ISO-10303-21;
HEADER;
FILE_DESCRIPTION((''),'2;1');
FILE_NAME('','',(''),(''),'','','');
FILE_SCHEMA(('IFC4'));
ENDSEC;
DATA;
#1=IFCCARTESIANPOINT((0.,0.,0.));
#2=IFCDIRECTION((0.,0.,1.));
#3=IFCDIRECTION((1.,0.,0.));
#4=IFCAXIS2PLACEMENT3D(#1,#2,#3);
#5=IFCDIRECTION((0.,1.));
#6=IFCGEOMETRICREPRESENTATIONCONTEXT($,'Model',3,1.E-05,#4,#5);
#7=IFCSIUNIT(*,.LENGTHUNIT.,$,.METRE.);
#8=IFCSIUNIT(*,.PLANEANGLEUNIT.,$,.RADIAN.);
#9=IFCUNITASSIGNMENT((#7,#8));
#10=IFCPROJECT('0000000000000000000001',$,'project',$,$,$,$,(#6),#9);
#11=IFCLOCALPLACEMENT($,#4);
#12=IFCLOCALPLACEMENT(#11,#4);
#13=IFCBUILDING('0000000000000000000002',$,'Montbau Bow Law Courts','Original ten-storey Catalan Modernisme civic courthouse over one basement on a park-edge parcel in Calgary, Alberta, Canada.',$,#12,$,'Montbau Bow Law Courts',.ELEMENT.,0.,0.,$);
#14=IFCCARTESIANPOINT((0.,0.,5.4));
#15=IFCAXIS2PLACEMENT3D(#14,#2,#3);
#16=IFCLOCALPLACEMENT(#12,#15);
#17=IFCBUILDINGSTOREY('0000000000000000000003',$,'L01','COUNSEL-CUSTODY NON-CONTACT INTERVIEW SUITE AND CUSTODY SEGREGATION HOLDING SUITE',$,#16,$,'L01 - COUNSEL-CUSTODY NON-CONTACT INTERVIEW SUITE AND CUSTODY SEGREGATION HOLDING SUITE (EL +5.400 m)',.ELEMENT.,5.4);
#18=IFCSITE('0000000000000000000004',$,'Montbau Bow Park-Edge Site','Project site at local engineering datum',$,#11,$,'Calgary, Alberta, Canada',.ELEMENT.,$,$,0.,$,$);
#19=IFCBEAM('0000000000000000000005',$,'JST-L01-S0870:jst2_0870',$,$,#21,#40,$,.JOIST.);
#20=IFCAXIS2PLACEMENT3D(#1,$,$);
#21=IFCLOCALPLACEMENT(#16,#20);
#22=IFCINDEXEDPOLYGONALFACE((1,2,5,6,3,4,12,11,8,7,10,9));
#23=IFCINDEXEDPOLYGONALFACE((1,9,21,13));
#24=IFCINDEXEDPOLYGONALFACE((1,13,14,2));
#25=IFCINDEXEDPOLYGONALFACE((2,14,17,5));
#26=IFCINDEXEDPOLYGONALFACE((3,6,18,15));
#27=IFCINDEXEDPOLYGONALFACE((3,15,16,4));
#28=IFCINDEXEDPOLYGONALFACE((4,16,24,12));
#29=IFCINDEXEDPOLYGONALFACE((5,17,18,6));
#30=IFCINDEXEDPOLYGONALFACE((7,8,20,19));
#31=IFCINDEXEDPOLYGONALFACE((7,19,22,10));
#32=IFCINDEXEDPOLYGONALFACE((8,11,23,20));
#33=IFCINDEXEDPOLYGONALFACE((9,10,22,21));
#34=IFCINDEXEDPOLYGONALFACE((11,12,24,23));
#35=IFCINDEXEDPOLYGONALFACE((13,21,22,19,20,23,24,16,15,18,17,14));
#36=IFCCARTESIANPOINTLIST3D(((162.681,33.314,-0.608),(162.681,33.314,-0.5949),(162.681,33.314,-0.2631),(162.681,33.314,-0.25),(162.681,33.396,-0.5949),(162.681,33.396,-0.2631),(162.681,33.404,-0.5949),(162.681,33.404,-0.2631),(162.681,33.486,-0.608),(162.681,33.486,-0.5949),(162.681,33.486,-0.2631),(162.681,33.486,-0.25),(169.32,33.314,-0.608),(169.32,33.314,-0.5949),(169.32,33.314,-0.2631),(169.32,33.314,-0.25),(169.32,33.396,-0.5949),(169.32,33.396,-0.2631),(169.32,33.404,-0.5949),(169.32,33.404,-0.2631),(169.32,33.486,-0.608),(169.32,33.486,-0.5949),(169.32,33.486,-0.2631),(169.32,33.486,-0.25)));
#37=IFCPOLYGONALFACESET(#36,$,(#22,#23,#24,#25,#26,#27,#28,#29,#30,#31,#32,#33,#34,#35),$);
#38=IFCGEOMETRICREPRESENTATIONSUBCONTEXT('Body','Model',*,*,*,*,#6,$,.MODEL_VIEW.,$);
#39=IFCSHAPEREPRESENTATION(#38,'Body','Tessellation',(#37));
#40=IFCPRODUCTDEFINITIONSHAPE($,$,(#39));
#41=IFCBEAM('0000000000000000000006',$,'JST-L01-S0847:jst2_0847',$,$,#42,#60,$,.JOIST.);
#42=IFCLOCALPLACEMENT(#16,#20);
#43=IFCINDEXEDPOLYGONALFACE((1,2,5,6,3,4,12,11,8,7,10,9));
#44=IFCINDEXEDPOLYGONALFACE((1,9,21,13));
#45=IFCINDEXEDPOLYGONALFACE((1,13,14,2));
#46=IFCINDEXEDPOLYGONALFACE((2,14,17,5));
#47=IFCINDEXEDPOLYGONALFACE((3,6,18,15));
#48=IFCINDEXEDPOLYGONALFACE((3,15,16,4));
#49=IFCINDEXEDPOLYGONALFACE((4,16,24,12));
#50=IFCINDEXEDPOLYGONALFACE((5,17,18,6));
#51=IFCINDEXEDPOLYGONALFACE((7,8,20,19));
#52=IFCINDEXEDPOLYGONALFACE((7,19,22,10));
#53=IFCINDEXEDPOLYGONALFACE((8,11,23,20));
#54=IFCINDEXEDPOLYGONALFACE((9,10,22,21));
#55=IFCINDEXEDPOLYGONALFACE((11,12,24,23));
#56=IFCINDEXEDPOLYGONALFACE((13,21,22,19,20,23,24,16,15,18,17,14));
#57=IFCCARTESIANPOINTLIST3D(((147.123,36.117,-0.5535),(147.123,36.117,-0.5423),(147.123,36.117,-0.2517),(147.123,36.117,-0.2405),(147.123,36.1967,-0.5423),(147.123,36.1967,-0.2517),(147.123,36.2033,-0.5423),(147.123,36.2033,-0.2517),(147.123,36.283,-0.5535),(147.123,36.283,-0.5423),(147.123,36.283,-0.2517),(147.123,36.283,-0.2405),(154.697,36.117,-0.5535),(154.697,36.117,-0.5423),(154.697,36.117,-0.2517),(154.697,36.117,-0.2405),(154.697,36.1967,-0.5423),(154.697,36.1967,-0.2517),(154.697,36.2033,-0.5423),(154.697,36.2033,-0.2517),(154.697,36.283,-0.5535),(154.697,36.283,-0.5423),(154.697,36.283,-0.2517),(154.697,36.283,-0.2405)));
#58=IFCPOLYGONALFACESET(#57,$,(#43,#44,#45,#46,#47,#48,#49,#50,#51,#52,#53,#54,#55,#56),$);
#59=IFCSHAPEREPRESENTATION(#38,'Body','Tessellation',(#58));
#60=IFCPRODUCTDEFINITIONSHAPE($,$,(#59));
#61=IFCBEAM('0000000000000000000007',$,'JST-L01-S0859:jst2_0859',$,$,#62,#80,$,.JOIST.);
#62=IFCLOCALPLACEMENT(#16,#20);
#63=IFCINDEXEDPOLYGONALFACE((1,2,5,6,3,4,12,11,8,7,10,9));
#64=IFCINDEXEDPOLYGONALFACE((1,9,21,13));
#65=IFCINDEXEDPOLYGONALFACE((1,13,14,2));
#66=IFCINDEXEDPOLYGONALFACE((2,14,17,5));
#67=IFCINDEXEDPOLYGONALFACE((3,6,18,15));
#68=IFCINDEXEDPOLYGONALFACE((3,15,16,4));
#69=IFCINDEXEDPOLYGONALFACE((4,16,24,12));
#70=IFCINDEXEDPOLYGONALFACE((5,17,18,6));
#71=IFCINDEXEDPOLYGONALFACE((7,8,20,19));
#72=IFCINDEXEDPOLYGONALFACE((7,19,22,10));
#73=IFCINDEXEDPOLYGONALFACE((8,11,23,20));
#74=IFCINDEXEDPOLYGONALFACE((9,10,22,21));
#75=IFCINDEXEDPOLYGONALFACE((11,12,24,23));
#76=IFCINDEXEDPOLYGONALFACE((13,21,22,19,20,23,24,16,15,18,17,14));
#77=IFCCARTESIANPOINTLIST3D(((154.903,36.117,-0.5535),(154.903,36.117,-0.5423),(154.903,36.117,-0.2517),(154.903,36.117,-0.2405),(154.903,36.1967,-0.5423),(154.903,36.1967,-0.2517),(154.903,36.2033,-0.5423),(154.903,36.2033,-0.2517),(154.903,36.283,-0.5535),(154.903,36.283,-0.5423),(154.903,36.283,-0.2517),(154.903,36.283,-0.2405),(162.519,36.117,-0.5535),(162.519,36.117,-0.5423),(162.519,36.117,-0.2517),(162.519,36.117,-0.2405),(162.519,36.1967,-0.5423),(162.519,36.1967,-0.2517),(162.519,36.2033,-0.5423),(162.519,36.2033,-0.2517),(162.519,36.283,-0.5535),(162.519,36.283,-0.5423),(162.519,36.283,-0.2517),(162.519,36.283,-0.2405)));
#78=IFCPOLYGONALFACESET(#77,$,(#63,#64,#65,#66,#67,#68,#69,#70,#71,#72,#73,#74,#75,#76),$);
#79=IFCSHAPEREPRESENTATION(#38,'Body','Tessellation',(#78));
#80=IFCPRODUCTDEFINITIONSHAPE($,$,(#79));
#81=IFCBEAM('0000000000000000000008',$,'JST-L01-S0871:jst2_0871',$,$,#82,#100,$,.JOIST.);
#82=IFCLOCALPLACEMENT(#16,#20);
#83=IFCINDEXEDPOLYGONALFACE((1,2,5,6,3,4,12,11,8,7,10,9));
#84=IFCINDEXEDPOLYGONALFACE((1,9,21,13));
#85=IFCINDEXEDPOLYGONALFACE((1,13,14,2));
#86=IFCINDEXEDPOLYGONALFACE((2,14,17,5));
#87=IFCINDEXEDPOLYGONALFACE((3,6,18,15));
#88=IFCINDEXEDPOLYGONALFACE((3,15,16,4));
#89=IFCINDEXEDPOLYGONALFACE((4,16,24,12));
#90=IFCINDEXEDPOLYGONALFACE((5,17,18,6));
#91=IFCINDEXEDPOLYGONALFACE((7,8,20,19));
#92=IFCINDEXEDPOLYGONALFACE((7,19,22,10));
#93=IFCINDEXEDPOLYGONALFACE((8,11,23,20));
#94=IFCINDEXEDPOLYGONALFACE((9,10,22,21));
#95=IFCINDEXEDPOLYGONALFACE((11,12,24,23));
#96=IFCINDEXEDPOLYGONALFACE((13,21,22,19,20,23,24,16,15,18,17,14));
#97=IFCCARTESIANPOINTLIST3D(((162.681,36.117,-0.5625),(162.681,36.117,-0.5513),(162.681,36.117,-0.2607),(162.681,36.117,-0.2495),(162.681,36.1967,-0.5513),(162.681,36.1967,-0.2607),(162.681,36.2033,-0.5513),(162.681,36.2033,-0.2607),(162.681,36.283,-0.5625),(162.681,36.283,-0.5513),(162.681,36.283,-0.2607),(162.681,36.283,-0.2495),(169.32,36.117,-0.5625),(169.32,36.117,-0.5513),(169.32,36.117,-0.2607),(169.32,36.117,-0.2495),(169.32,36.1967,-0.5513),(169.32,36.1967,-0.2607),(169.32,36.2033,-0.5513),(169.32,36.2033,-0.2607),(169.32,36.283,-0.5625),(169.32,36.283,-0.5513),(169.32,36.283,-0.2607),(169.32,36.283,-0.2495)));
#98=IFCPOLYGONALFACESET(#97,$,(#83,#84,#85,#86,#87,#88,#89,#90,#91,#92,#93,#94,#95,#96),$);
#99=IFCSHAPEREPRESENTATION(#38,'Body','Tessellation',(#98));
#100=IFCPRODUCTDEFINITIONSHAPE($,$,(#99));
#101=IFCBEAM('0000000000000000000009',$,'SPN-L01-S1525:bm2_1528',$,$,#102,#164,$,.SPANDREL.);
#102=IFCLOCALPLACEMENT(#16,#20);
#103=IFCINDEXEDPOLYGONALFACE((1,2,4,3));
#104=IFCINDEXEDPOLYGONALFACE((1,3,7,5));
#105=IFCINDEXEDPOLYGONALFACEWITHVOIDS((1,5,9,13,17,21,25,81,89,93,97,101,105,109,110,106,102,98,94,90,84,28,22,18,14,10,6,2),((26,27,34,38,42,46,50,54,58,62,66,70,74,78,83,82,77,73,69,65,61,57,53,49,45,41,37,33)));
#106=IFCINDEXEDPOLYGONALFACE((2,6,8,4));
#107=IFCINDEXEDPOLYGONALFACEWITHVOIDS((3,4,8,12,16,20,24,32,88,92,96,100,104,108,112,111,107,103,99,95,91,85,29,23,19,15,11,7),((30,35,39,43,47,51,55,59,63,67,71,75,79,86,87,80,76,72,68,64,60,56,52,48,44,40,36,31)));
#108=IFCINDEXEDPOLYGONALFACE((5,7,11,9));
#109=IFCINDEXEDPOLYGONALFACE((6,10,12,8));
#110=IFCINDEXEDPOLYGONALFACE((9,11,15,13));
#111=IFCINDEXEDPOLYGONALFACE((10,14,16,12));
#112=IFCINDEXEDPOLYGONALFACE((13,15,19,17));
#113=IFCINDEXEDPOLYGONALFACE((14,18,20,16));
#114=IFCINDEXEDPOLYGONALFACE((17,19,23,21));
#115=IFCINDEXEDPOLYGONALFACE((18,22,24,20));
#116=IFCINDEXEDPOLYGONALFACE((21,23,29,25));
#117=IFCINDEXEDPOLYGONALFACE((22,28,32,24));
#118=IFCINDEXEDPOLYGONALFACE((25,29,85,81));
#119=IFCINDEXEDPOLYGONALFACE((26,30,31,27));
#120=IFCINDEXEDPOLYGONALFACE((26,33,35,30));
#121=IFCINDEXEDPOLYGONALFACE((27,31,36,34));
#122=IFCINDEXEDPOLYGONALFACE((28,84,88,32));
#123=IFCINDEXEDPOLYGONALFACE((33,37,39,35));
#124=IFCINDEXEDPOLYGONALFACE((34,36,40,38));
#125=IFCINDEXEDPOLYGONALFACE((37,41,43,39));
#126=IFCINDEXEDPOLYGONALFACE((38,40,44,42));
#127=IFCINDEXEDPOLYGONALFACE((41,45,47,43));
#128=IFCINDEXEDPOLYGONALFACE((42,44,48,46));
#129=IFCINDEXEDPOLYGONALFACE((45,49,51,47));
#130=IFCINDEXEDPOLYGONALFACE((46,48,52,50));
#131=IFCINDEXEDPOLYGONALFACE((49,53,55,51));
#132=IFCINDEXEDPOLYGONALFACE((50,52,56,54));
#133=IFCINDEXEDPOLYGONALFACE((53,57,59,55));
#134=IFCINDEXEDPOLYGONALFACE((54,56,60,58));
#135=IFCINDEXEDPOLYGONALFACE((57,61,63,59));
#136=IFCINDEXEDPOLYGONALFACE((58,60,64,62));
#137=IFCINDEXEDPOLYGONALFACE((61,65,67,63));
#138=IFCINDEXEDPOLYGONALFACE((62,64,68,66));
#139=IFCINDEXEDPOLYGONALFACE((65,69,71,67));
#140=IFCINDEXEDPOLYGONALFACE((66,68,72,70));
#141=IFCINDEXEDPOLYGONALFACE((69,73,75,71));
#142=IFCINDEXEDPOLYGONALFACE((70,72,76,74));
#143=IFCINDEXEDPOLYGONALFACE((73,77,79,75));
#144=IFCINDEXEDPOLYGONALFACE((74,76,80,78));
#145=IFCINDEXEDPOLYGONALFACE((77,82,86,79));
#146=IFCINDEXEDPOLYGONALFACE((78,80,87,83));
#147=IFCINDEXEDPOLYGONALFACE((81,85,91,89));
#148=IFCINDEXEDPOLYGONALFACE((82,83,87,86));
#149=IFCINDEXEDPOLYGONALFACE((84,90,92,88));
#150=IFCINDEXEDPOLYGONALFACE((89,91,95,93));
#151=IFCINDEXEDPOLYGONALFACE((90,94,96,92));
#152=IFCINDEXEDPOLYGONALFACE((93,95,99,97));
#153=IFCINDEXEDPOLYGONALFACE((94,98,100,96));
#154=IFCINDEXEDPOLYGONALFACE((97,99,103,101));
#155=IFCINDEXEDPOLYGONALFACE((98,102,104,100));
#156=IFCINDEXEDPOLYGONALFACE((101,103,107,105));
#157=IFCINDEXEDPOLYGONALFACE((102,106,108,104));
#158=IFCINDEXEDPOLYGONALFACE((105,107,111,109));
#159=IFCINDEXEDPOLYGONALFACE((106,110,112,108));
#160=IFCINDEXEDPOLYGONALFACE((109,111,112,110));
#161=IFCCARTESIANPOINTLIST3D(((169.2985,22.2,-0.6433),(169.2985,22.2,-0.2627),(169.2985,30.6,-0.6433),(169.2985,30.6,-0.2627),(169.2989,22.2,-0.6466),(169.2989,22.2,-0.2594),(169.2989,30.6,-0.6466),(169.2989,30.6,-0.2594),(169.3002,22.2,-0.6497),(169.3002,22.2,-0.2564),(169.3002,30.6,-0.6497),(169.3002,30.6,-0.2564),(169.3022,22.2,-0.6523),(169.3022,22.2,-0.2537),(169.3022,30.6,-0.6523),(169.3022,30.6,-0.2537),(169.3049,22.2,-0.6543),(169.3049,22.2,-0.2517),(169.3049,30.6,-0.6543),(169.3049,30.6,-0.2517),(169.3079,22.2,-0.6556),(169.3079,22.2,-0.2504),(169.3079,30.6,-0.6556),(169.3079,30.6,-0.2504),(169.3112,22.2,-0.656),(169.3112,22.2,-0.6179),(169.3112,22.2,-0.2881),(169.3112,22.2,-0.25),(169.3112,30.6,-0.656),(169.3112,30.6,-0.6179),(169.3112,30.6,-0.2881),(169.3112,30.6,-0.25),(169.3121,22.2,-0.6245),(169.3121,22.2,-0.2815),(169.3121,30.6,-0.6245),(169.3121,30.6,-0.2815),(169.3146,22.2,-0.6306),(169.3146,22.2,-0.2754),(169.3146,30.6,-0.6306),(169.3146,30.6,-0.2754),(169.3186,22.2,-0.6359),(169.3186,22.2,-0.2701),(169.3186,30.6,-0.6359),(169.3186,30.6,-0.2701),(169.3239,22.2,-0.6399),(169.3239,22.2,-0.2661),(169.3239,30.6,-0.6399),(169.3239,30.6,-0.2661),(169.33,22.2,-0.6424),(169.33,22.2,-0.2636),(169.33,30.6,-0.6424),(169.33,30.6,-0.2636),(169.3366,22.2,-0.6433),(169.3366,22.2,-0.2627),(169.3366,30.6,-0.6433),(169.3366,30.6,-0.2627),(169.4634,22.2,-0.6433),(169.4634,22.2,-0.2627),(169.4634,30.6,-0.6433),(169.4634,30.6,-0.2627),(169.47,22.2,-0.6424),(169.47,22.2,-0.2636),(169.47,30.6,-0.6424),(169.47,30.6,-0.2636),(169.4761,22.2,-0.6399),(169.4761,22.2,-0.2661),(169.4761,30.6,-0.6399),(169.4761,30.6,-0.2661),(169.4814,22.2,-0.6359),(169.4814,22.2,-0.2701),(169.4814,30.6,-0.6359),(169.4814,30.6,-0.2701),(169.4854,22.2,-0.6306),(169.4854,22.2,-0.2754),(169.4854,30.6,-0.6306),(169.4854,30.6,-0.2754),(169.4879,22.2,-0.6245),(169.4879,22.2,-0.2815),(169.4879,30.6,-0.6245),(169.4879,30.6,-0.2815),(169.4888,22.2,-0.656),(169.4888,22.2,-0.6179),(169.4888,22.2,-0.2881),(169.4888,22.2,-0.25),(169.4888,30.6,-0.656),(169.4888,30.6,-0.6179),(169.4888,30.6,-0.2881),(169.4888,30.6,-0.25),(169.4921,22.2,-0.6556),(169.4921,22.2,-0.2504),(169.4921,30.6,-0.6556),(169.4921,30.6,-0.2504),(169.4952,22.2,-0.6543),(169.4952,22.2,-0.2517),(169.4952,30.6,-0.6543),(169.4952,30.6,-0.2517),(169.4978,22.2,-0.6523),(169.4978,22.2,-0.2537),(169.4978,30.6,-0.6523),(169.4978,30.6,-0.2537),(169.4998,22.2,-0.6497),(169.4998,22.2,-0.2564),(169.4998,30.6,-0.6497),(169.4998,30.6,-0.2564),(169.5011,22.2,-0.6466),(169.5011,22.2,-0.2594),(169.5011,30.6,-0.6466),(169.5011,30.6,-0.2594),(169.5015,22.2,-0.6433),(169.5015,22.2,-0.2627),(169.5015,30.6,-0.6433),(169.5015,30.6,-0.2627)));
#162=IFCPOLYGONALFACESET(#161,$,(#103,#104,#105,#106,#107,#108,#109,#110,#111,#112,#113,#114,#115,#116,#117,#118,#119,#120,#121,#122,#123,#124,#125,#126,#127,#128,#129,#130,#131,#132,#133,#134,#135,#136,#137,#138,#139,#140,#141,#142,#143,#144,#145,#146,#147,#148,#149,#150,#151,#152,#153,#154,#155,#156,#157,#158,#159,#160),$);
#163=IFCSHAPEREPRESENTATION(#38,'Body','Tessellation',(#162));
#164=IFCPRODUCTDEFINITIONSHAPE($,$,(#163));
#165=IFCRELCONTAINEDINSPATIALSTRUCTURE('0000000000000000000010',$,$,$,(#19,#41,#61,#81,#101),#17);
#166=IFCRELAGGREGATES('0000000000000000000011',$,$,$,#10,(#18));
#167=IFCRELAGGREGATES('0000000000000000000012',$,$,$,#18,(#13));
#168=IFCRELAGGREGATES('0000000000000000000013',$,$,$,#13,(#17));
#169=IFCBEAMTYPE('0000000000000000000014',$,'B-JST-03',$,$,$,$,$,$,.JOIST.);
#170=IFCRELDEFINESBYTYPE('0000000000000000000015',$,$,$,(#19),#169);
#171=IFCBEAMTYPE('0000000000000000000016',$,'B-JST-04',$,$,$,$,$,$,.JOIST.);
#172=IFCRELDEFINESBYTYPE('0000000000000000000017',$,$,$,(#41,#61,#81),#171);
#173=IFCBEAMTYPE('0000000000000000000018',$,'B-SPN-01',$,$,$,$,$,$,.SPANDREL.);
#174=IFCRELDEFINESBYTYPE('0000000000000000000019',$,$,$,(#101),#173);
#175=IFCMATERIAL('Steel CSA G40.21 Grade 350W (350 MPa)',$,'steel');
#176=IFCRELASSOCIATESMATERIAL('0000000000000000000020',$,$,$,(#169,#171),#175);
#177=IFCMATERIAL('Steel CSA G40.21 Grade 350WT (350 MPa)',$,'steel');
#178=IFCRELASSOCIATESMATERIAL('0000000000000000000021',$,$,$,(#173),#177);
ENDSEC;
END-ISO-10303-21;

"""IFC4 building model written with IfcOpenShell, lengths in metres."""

from ifc_helpers import new_model, si_unit, direction, frame, origin_with_axes, origin_2d_with_axis, place, context, subcontext, project, spatial, hollow_rectangle, i_section, extrude, material, material_profile, profile_set, type_object, element, save


model = new_model("IFC4")

# Units and contexts
model_context = context("Model", 3, precision=1e-05, world=origin_with_axes(), true_north=direction((0.0, 1.0)))
body_context = subcontext(model_context, "Body", "Model", "MODEL_VIEW")
ifc_project = project(units=[si_unit("LENGTHUNIT", "METRE"), si_unit("PLANEANGLEUNIT", "RADIAN")], contexts=[model_context])

# Site, building, storey
site_placement = place(None, origin_with_axes())
site = spatial("IfcSite", under=ifc_project, at=site_placement, Name="Montbau Bow Park-Edge Site", Description="Project site at local engineering datum", LongName="Calgary, Alberta, Canada", CompositionType="ELEMENT", RefElevation=0.0)
building_placement = place(site_placement, origin_with_axes())
building = spatial("IfcBuilding", under=site, at=building_placement, Name="Montbau Bow Law Courts", Description="Original ten-storey Catalan Modernisme civic courthouse over one basement on a park-edge parcel in Calgary, Alberta, Canada.", LongName="Montbau Bow Law Courts", CompositionType="ELEMENT", ElevationOfRefHeight=0.0, ElevationOfTerrain=0.0)
storey_placement = place(building_placement, frame((0.0, 0.0, 5.4), z_axis=(0.0, 0.0, 1.0), x_axis=(1.0, 0.0, 0.0)))
storey = spatial("IfcBuildingStorey", under=building, at=storey_placement, Name="L01", Description="COUNSEL-CUSTODY NON-CONTACT INTERVIEW SUITE AND CUSTODY SEGREGATION HOLDING SUITE", LongName="L01 - COUNSEL-CUSTODY NON-CONTACT INTERVIEW SUITE AND CUSTODY SEGREGATION HOLDING SUITE (EL +5.400 m)", CompositionType="ELEMENT", Elevation=5.4)

# Beams
ifc_material_1 = material(Name="Steel CSA G40.21 Grade 350W (350 MPa)", Category="steel")
ifc_material_profile_1 = material_profile(ifc_material_1, i_section(OverallWidth=0.172, OverallDepth=0.358, WebThickness=0.0079, FlangeThickness=0.0131, at=origin_2d_with_axis()), Name="W360X57", Category="Main", Priority=0)
ifc_profile_set_1 = profile_set([ifc_material_profile_1], Name="Steel CSA G40.21 Grade 350W (350 MPa)")
beam_type_1 = type_object("IfcBeamType", Name="B-JST-03", PredefinedType="JOIST", material=ifc_profile_set_1)
beam_1_placement = place(None, frame((162.681, 33.4, 4.971), z_axis=(1.0, 0.0, 0.0), x_axis=(0.0, 1.0, 0.0)))
element("IfcBeam", 1, at=beam_1_placement, inside=storey, type_object=beam_type_1, Name="JST-L01-S0870:jst2_0870", PredefinedType="JOIST", context=body_context, shape_type="SweptSolid", body=[
    extrude(i_section(OverallWidth=0.172, OverallDepth=0.358, WebThickness=0.0079, FlangeThickness=0.0131, at=origin_2d_with_axis()), origin_with_axes(), (0.0, 0.0, 1.0), 6.639),
])
ifc_material_profile_2 = material_profile(ifc_material_1, i_section(OverallWidth=0.166, OverallDepth=0.313, WebThickness=0.0066, FlangeThickness=0.0112, at=origin_2d_with_axis()), Name="W310X45", Category="Main", Priority=0)
ifc_profile_set_2 = profile_set([ifc_material_profile_2], Name="Steel CSA G40.21 Grade 350W (350 MPa)")
beam_type_2 = type_object("IfcBeamType", Name="B-JST-04", PredefinedType="JOIST", material=ifc_profile_set_2)
beam_2_placement = place(None, frame((147.123, 36.2, 5.003), z_axis=(1.0, 0.0, 0.0), x_axis=(0.0, 1.0, 0.0)))
element("IfcBeam", 2, at=beam_2_placement, inside=storey, type_object=beam_type_2, Name="JST-L01-S0847:jst2_0847", PredefinedType="JOIST", context=body_context, shape_type="SweptSolid", body=[
    extrude(i_section(OverallWidth=0.166, OverallDepth=0.313, WebThickness=0.0066, FlangeThickness=0.0112, at=origin_2d_with_axis()), origin_with_axes(), (0.0, 0.0, 1.0), 7.574),
])
beam_3_placement = place(None, frame((154.903, 36.2, 5.003), z_axis=(1.0, 0.0, 0.0), x_axis=(0.0, 1.0, 0.0)))
element("IfcBeam", 3, at=beam_3_placement, inside=storey, type_object=beam_type_2, Name="JST-L01-S0859:jst2_0859", PredefinedType="JOIST", context=body_context, shape_type="SweptSolid", body=[
    extrude(i_section(OverallWidth=0.166, OverallDepth=0.313, WebThickness=0.0066, FlangeThickness=0.0112, at=origin_2d_with_axis()), origin_with_axes(), (0.0, 0.0, 1.0), 7.616),
])
beam_4_placement = place(None, frame((162.681, 36.2, 4.994), z_axis=(1.0, 0.0, 0.0), x_axis=(0.0, 1.0, 0.0)))
element("IfcBeam", 4, at=beam_4_placement, inside=storey, type_object=beam_type_2, Name="JST-L01-S0871:jst2_0871", PredefinedType="JOIST", context=body_context, shape_type="SweptSolid", body=[
    extrude(i_section(OverallWidth=0.166, OverallDepth=0.313, WebThickness=0.0066, FlangeThickness=0.0112, at=origin_2d_with_axis()), origin_with_axes(), (0.0, 0.0, 1.0), 6.639),
])
ifc_material_2 = material(Name="Steel CSA G40.21 Grade 350WT (350 MPa)", Category="steel")
ifc_material_profile_3 = material_profile(ifc_material_2, hollow_rectangle(XDim=0.203, YDim=0.406, WallThickness=0.0127, InnerFilletRadius=0.0254, OuterFilletRadius=0.0127, at=origin_2d_with_axis()), Name="HSS406X203X13", Category="Main", Priority=0)
ifc_profile_set_3 = profile_set([ifc_material_profile_3], Name="Steel CSA G40.21 Grade 350WT (350 MPa)")
beam_type_3 = type_object("IfcBeamType", Name="B-SPN-01", PredefinedType="SPANDREL", material=ifc_profile_set_3)
for number, where, z_axis, x_axis, name in (
    (5, (169.4, 22.2, 4.947), (0.0, 1.0, 0.0), (-1.0, 0.0, 0.0), "SPN-L01-S1525:bm2_1528"),
):
    element("IfcBeam", number, at=place(None, frame(where, z_axis=z_axis, x_axis=x_axis)), inside=storey, type_object=beam_type_3, Name=name, PredefinedType="SPANDREL", context=body_context, shape_type="SweptSolid", body=[
        extrude(hollow_rectangle(XDim=0.203, YDim=0.406, WallThickness=0.0127, InnerFilletRadius=0.0254, OuterFilletRadius=0.0127, at=origin_2d_with_axis()), origin_with_axes(), (0.0, 0.0, 1.0), 8.4),
    ])

save(model, "model.ifc")
